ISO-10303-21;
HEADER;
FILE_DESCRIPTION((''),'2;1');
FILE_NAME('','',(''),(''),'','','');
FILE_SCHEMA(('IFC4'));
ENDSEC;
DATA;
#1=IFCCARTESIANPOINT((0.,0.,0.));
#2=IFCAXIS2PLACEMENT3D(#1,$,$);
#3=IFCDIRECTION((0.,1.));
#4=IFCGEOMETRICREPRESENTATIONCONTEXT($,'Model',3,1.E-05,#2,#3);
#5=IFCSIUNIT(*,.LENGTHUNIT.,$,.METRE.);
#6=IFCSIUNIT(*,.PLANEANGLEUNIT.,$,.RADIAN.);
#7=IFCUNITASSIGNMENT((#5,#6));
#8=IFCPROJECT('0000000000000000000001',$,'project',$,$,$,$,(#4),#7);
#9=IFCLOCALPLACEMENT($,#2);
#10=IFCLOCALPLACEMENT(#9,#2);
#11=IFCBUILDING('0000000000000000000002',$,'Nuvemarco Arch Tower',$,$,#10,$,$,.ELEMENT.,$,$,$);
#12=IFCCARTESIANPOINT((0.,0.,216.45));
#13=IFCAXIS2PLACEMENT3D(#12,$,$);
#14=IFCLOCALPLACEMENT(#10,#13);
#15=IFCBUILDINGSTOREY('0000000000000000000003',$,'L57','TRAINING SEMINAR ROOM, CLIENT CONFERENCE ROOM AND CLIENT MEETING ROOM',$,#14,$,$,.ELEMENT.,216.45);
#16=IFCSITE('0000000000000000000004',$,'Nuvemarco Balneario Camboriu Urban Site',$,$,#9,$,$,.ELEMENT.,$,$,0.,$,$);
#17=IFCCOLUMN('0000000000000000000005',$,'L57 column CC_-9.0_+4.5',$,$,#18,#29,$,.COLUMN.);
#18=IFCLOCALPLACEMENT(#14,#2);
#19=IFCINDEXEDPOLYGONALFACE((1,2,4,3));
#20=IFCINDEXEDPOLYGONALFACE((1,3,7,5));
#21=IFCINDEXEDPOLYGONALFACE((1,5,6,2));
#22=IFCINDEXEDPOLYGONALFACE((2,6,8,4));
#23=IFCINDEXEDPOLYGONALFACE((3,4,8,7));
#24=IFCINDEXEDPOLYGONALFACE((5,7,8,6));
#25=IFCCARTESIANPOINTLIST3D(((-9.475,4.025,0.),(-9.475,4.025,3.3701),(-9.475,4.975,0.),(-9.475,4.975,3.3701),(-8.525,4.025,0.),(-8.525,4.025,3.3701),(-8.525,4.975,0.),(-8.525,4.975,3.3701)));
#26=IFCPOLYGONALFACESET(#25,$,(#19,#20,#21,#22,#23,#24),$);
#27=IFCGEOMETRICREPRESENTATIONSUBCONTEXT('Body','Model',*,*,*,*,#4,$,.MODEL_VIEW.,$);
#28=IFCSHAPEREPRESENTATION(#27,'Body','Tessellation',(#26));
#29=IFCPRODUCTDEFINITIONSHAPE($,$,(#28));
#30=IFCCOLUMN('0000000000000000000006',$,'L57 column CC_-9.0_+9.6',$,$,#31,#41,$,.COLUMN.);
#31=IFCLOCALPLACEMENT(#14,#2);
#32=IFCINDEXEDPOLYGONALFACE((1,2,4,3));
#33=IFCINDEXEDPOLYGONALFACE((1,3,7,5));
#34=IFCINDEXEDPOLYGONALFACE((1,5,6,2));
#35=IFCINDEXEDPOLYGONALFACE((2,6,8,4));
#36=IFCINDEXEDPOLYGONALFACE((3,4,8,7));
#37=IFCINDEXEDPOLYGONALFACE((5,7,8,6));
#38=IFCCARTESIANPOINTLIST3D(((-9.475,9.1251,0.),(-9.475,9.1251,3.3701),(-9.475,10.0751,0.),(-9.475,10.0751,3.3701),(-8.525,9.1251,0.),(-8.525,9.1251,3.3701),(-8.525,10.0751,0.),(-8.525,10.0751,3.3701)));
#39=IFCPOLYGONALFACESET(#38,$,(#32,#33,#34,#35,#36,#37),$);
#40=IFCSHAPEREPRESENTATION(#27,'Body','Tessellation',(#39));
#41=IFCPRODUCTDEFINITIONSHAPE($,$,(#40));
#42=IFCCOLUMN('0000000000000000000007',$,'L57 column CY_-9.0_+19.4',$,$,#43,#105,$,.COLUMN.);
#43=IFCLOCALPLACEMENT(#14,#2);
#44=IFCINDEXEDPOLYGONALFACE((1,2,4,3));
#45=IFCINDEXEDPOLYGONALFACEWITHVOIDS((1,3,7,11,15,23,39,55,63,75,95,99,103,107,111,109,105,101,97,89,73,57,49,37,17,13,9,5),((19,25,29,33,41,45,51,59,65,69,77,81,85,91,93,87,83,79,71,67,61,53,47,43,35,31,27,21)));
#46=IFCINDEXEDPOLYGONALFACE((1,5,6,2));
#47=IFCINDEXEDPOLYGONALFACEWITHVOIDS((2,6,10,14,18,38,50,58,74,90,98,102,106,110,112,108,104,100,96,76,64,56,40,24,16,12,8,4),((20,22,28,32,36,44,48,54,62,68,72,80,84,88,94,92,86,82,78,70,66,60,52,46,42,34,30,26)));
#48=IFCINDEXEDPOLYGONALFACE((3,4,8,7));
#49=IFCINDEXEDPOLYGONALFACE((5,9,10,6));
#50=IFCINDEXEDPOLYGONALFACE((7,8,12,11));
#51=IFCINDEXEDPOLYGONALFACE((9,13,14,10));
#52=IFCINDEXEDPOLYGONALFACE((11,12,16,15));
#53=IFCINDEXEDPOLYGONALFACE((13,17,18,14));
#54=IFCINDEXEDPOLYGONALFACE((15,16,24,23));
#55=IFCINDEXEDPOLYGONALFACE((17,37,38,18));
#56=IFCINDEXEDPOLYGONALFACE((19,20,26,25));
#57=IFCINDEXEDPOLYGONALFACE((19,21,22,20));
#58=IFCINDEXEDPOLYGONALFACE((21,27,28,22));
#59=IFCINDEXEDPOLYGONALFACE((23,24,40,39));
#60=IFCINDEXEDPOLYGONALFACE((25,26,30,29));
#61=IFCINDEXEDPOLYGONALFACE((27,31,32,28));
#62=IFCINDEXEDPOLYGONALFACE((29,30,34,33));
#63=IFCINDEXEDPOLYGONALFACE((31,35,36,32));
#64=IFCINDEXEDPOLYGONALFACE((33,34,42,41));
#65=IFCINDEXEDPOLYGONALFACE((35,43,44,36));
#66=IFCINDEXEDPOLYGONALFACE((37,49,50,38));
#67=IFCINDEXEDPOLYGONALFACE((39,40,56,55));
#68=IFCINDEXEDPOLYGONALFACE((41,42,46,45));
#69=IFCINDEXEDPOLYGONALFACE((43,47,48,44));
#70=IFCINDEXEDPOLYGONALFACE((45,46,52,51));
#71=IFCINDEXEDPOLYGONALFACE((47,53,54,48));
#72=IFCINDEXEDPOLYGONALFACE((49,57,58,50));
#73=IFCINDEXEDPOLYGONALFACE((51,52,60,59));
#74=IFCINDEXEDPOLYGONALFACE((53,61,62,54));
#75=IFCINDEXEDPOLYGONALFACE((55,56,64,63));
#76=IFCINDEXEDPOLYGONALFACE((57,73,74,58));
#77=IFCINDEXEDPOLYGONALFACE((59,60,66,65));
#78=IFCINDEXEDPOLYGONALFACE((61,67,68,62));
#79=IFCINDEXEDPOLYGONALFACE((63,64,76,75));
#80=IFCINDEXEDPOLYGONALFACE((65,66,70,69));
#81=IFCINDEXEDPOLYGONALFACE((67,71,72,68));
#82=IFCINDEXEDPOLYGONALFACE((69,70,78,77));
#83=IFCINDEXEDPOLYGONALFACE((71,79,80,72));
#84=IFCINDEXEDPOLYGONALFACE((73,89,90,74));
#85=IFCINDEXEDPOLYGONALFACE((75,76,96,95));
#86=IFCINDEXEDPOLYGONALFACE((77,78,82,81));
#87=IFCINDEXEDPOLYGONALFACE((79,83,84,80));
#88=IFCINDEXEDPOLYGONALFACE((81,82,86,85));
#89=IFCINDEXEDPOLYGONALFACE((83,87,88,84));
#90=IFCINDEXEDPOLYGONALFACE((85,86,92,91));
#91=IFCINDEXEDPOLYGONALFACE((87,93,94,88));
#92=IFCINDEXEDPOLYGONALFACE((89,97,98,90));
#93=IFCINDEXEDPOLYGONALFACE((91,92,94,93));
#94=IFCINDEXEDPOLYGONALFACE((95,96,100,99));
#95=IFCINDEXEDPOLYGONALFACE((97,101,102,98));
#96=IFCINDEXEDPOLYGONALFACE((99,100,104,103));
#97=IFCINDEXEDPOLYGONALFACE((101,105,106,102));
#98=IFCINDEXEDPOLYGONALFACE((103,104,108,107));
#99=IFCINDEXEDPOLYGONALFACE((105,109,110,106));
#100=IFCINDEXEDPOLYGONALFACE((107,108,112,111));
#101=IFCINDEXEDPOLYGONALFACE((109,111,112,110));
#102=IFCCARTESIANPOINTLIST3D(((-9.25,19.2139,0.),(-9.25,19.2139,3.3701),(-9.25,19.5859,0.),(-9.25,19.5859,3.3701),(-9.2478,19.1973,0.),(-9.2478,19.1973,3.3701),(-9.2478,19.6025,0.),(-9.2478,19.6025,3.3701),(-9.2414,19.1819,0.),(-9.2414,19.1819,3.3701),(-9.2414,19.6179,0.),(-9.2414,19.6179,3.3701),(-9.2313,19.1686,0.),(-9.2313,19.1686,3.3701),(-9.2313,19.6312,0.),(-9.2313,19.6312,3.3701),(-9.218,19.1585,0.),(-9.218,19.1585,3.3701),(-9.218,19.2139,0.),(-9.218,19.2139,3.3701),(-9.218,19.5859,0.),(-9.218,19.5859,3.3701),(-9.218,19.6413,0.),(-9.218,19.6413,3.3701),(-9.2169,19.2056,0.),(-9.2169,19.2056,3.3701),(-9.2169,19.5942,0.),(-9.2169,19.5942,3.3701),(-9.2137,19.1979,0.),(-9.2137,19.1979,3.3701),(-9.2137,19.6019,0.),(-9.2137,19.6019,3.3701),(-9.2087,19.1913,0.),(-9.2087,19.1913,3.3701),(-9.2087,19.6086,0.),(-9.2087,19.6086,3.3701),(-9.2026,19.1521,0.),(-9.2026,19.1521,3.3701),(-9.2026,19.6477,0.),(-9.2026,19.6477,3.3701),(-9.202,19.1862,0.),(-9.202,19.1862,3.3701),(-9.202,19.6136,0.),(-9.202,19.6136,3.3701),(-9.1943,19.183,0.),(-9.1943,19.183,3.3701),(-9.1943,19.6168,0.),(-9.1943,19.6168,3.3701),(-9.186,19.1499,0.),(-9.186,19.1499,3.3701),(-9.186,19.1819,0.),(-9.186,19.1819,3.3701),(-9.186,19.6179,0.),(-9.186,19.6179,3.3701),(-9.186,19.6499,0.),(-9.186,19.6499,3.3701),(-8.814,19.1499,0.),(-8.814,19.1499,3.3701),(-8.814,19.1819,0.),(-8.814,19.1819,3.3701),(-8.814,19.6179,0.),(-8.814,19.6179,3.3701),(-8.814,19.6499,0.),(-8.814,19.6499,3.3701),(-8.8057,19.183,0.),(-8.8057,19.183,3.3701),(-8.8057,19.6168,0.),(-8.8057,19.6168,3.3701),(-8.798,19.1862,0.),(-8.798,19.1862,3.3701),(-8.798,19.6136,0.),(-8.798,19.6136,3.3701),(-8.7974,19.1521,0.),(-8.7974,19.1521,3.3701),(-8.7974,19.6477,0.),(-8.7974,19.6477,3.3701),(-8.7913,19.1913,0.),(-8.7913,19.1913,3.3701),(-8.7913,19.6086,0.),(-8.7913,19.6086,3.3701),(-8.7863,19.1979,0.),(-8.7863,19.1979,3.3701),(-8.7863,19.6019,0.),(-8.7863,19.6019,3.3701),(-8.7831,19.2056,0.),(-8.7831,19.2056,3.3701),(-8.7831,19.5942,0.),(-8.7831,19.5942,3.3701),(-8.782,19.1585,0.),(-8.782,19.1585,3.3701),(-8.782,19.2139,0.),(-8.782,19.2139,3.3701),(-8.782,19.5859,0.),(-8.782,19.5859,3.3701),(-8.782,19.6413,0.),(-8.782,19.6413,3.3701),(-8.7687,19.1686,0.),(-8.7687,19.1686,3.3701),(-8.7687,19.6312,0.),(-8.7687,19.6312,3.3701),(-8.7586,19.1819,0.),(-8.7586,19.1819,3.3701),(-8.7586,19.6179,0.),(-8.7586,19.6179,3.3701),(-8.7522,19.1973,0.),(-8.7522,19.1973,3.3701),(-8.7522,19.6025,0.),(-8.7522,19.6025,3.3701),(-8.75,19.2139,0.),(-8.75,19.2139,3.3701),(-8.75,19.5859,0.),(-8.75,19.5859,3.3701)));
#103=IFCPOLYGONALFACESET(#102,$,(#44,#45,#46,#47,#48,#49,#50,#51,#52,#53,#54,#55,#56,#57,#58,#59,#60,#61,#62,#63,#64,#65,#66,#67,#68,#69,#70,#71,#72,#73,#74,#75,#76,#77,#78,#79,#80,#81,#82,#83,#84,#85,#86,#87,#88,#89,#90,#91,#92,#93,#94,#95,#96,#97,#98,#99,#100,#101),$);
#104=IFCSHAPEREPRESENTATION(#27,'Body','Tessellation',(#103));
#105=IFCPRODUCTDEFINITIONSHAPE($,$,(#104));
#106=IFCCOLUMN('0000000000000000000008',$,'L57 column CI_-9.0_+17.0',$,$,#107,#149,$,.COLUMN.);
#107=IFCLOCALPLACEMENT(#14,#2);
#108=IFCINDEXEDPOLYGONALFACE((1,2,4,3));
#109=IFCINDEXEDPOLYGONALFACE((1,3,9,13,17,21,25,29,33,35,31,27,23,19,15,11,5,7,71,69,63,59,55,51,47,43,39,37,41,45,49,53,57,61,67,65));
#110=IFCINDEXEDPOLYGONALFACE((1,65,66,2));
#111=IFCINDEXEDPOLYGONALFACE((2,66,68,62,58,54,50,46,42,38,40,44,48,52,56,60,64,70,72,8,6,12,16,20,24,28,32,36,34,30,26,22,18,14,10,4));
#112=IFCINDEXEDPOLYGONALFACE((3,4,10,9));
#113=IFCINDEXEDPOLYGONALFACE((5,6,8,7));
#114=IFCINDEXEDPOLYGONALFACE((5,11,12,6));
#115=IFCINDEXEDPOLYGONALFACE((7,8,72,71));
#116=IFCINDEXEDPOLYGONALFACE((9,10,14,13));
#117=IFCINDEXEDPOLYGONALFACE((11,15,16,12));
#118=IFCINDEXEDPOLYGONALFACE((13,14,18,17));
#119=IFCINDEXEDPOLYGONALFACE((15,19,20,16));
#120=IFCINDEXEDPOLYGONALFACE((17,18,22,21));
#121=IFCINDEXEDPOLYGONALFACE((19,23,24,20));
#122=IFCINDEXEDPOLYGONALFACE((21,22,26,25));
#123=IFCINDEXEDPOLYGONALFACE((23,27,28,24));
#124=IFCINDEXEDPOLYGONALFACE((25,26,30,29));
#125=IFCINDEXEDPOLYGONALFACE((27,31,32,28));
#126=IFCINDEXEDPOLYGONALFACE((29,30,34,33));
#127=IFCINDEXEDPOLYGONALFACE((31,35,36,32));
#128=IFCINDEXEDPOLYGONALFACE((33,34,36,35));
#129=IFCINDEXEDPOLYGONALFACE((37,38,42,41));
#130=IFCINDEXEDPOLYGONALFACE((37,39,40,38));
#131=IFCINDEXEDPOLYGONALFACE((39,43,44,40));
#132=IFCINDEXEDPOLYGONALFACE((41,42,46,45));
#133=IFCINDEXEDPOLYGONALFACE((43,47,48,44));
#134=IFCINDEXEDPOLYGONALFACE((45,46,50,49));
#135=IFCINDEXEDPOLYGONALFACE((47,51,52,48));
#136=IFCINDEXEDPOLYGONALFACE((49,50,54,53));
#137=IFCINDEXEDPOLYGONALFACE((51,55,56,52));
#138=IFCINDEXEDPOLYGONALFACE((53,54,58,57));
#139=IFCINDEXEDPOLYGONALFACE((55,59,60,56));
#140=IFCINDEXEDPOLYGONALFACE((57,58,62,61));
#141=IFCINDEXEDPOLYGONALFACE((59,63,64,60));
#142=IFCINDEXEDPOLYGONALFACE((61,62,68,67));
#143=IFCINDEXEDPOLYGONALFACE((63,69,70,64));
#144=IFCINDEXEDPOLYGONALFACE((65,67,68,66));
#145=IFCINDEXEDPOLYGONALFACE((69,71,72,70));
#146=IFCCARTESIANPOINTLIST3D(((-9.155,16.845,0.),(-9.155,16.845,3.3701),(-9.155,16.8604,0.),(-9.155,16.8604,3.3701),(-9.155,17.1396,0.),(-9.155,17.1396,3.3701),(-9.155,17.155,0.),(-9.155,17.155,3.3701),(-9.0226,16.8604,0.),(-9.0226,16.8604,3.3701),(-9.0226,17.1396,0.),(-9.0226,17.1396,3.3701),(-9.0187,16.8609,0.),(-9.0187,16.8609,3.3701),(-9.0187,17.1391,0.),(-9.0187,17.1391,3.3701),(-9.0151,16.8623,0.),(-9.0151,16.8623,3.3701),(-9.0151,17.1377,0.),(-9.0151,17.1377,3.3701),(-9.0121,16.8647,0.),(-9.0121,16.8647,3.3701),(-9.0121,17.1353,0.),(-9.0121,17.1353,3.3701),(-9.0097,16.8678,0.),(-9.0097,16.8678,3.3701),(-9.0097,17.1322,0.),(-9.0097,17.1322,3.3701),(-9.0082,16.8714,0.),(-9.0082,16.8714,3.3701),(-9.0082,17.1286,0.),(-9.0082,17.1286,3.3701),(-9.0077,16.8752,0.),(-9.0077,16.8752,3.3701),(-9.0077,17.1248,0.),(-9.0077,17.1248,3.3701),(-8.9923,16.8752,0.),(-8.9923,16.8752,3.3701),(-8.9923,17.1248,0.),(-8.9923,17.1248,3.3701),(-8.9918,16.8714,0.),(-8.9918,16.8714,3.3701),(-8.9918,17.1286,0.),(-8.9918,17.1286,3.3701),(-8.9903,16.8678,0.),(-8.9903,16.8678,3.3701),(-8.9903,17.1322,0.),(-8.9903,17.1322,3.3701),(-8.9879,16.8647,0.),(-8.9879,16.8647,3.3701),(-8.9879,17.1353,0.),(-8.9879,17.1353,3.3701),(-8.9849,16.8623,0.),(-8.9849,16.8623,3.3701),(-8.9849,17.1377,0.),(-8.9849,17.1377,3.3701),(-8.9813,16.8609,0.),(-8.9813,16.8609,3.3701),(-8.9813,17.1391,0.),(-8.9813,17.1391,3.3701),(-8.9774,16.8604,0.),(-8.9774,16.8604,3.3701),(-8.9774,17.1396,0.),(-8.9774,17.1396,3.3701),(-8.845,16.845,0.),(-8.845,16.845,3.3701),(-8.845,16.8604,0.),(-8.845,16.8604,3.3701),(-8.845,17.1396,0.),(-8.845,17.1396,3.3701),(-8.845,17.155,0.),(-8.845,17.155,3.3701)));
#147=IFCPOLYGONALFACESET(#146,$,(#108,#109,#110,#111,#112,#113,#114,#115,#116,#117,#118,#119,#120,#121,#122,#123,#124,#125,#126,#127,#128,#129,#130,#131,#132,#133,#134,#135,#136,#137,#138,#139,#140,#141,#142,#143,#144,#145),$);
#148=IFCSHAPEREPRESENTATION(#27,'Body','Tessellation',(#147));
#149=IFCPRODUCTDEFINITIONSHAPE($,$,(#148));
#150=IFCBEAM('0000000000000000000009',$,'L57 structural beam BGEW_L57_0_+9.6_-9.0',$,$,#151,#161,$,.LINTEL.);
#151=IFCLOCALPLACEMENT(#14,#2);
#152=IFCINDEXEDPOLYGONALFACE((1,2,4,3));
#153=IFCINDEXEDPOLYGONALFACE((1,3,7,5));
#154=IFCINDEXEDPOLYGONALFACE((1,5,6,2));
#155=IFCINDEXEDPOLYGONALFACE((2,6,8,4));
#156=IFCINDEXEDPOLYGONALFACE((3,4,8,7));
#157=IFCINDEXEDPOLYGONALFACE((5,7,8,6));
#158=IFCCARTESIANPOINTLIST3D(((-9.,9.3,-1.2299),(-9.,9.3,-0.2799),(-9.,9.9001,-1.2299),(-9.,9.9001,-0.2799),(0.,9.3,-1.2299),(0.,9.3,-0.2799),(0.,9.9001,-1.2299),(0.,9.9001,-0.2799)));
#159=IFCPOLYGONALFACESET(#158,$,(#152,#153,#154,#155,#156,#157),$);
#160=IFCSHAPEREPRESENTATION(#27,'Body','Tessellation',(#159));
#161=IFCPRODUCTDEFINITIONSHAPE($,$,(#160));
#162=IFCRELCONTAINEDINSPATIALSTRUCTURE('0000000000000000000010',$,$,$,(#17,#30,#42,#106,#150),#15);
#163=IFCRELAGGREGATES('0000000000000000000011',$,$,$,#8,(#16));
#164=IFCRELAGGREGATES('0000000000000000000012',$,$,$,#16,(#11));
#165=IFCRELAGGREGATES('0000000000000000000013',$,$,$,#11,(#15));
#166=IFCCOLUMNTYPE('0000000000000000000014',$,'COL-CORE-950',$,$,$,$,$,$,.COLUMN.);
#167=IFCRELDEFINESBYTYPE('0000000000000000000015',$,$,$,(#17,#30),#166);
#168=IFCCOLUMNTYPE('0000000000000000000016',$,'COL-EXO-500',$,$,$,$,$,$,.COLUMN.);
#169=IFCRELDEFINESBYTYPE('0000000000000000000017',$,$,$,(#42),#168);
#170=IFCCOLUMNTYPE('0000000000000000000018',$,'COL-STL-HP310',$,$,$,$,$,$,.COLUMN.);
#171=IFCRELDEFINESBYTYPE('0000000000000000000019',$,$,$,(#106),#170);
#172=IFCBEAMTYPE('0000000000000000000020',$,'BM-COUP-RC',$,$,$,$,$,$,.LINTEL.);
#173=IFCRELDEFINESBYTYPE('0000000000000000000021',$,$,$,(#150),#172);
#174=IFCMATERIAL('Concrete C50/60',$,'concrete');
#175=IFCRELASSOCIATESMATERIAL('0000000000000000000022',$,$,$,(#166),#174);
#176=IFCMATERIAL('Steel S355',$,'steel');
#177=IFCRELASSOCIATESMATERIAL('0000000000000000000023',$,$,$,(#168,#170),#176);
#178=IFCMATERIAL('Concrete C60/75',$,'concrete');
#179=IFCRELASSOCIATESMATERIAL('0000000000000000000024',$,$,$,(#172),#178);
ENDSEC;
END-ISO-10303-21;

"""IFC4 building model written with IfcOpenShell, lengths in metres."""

from ifc_helpers import new_model, si_unit, direction, frame, origin, origin_2d, place, context, subcontext, project, spatial, rectangle, hollow_rectangle, i_section, extrude, material, material_profile, profile_set, type_object, element, save


model = new_model("IFC4")

# Units and contexts
model_context = context("Model", 3, precision=1e-05, world=origin(), true_north=direction((0.0, 1.0)))
body_context = subcontext(model_context, "Body", "Model", "MODEL_VIEW")
ifc_project = project(units=[si_unit("LENGTHUNIT", "METRE"), si_unit("PLANEANGLEUNIT", "RADIAN")], contexts=[model_context])

# Site, building, storey
site_placement = place(None, origin())
site = spatial("IfcSite", under=ifc_project, at=site_placement, Name="Nuvemarco Balneario Camboriu Urban Site", CompositionType="ELEMENT", RefElevation=0.0)
building_placement = place(site_placement, origin())
building = spatial("IfcBuilding", under=site, at=building_placement, Name="Nuvemarco Arch Tower", CompositionType="ELEMENT")
storey_placement = place(building_placement, frame((0.0, 0.0, 216.45)))
storey = spatial("IfcBuildingStorey", under=building, at=storey_placement, Name="L57", Description="TRAINING SEMINAR ROOM, CLIENT CONFERENCE ROOM AND CLIENT MEETING ROOM", CompositionType="ELEMENT", Elevation=216.45)

# Columns
ifc_material_1 = material(Name="Concrete C50/60", Category="concrete")
ifc_material_profile_1 = material_profile(ifc_material_1, rectangle(XDim=0.95, YDim=0.95, at=origin_2d()), Name="RC-COL-950x950")
ifc_profile_set_1 = profile_set([ifc_material_profile_1], Name="Concrete C50/60")
column_type_1 = type_object("IfcColumnType", Name="COL-CORE-950", PredefinedType="COLUMN", material=ifc_profile_set_1)
for number, where, z_axis, x_axis, name in (
    (1, (-9.0, 4.5, 0.0), (0.0, 0.0, 1.0), (1.0, 0.0, 0.0), "L57 column CC_-9.0_+4.5"),
    (2, (-9.0, 9.6001, 0.0), (0.0, 0.0, 1.0), (1.0, 0.0, 0.0), "L57 column CC_-9.0_+9.6"),
):
    element("IfcColumn", number, at=place(storey_placement, frame(where, z_axis=z_axis, x_axis=x_axis)), inside=storey, type_object=column_type_1, Name=name, PredefinedType="COLUMN", context=body_context, shape_type="SweptSolid", body=[
        extrude(rectangle(XDim=0.95, YDim=0.95, at=origin_2d()), origin(), (0.0, 0.0, 1.0), 3.3701),
    ])
ifc_material_2 = material(Name="Steel S355", Category="steel")
ifc_material_profile_2 = material_profile(ifc_material_2, hollow_rectangle(XDim=0.5, YDim=0.5, WallThickness=0.032, InnerFilletRadius=0.032, OuterFilletRadius=0.064, at=origin_2d()), Name="SHS500x500x32")
ifc_profile_set_2 = profile_set([ifc_material_profile_2], Name="Steel S355")
column_type_2 = type_object("IfcColumnType", Name="COL-EXO-500", PredefinedType="COLUMN", material=ifc_profile_set_2)
column_1_placement = place(storey_placement, frame((-9.0, 19.3999, 0.0), z_axis=(0.0, 0.0, 1.0), x_axis=(1.0, 0.0, 0.0)))
element("IfcColumn", 3, at=column_1_placement, inside=storey, type_object=column_type_2, Name="L57 column CY_-9.0_+19.4", PredefinedType="COLUMN", context=body_context, shape_type="SweptSolid", body=[
    extrude(hollow_rectangle(XDim=0.5, YDim=0.5, WallThickness=0.032, InnerFilletRadius=0.032, OuterFilletRadius=0.064, at=origin_2d()), origin(), (0.0, 0.0, 1.0), 3.3701),
])
ifc_material_profile_3 = material_profile(ifc_material_2, i_section(OverallWidth=0.3101, OverallDepth=0.3101, WebThickness=0.0154, FlangeThickness=0.0154, FilletRadius=0.0149, at=origin_2d()), Name="HP310x110")
ifc_profile_set_3 = profile_set([ifc_material_profile_3], Name="Steel S355")
column_type_3 = type_object("IfcColumnType", Name="COL-STL-HP310", PredefinedType="COLUMN", material=ifc_profile_set_3)
column_2_placement = place(storey_placement, frame((-9.0, 17.0, 0.0), z_axis=(0.0, 0.0, 1.0), x_axis=(1.0, 0.0, 0.0)))
element("IfcColumn", 4, at=column_2_placement, inside=storey, type_object=column_type_3, Name="L57 column CI_-9.0_+17.0", PredefinedType="COLUMN", context=body_context, shape_type="SweptSolid", body=[
    extrude(i_section(OverallWidth=0.3101, OverallDepth=0.3101, WebThickness=0.0154, FlangeThickness=0.0154, FilletRadius=0.0149, at=origin_2d()), origin(), (0.0, 0.0, 1.0), 3.3701),
])

# Beam
ifc_material_3 = material(Name="Concrete C60/75", Category="concrete")
ifc_material_profile_4 = material_profile(ifc_material_3, rectangle(XDim=0.6001, YDim=0.95, at=origin_2d()), Name="RC-BM-600x950")
ifc_profile_set_4 = profile_set([ifc_material_profile_4], Name="Concrete C60/75")
beam_type_1 = type_object("IfcBeamType", Name="BM-COUP-RC", PredefinedType="LINTEL", material=ifc_profile_set_4)
beam_1_placement = place(storey_placement, frame((-9.0, 9.6001, -0.7549), z_axis=(1.0, 0.0, 0.0), x_axis=(0.0, 1.0, 0.0)))
element("IfcBeam", 5, at=beam_1_placement, inside=storey, type_object=beam_type_1, Name="L57 structural beam BGEW_L57_0_+9.6_-9.0", PredefinedType="LINTEL", context=body_context, shape_type="SweptSolid", body=[
    extrude(rectangle(XDim=0.6001, YDim=0.95, at=origin_2d()), origin(), (0.0, 0.0, 1.0), 9.0),
])

save(model, "model.ifc")
